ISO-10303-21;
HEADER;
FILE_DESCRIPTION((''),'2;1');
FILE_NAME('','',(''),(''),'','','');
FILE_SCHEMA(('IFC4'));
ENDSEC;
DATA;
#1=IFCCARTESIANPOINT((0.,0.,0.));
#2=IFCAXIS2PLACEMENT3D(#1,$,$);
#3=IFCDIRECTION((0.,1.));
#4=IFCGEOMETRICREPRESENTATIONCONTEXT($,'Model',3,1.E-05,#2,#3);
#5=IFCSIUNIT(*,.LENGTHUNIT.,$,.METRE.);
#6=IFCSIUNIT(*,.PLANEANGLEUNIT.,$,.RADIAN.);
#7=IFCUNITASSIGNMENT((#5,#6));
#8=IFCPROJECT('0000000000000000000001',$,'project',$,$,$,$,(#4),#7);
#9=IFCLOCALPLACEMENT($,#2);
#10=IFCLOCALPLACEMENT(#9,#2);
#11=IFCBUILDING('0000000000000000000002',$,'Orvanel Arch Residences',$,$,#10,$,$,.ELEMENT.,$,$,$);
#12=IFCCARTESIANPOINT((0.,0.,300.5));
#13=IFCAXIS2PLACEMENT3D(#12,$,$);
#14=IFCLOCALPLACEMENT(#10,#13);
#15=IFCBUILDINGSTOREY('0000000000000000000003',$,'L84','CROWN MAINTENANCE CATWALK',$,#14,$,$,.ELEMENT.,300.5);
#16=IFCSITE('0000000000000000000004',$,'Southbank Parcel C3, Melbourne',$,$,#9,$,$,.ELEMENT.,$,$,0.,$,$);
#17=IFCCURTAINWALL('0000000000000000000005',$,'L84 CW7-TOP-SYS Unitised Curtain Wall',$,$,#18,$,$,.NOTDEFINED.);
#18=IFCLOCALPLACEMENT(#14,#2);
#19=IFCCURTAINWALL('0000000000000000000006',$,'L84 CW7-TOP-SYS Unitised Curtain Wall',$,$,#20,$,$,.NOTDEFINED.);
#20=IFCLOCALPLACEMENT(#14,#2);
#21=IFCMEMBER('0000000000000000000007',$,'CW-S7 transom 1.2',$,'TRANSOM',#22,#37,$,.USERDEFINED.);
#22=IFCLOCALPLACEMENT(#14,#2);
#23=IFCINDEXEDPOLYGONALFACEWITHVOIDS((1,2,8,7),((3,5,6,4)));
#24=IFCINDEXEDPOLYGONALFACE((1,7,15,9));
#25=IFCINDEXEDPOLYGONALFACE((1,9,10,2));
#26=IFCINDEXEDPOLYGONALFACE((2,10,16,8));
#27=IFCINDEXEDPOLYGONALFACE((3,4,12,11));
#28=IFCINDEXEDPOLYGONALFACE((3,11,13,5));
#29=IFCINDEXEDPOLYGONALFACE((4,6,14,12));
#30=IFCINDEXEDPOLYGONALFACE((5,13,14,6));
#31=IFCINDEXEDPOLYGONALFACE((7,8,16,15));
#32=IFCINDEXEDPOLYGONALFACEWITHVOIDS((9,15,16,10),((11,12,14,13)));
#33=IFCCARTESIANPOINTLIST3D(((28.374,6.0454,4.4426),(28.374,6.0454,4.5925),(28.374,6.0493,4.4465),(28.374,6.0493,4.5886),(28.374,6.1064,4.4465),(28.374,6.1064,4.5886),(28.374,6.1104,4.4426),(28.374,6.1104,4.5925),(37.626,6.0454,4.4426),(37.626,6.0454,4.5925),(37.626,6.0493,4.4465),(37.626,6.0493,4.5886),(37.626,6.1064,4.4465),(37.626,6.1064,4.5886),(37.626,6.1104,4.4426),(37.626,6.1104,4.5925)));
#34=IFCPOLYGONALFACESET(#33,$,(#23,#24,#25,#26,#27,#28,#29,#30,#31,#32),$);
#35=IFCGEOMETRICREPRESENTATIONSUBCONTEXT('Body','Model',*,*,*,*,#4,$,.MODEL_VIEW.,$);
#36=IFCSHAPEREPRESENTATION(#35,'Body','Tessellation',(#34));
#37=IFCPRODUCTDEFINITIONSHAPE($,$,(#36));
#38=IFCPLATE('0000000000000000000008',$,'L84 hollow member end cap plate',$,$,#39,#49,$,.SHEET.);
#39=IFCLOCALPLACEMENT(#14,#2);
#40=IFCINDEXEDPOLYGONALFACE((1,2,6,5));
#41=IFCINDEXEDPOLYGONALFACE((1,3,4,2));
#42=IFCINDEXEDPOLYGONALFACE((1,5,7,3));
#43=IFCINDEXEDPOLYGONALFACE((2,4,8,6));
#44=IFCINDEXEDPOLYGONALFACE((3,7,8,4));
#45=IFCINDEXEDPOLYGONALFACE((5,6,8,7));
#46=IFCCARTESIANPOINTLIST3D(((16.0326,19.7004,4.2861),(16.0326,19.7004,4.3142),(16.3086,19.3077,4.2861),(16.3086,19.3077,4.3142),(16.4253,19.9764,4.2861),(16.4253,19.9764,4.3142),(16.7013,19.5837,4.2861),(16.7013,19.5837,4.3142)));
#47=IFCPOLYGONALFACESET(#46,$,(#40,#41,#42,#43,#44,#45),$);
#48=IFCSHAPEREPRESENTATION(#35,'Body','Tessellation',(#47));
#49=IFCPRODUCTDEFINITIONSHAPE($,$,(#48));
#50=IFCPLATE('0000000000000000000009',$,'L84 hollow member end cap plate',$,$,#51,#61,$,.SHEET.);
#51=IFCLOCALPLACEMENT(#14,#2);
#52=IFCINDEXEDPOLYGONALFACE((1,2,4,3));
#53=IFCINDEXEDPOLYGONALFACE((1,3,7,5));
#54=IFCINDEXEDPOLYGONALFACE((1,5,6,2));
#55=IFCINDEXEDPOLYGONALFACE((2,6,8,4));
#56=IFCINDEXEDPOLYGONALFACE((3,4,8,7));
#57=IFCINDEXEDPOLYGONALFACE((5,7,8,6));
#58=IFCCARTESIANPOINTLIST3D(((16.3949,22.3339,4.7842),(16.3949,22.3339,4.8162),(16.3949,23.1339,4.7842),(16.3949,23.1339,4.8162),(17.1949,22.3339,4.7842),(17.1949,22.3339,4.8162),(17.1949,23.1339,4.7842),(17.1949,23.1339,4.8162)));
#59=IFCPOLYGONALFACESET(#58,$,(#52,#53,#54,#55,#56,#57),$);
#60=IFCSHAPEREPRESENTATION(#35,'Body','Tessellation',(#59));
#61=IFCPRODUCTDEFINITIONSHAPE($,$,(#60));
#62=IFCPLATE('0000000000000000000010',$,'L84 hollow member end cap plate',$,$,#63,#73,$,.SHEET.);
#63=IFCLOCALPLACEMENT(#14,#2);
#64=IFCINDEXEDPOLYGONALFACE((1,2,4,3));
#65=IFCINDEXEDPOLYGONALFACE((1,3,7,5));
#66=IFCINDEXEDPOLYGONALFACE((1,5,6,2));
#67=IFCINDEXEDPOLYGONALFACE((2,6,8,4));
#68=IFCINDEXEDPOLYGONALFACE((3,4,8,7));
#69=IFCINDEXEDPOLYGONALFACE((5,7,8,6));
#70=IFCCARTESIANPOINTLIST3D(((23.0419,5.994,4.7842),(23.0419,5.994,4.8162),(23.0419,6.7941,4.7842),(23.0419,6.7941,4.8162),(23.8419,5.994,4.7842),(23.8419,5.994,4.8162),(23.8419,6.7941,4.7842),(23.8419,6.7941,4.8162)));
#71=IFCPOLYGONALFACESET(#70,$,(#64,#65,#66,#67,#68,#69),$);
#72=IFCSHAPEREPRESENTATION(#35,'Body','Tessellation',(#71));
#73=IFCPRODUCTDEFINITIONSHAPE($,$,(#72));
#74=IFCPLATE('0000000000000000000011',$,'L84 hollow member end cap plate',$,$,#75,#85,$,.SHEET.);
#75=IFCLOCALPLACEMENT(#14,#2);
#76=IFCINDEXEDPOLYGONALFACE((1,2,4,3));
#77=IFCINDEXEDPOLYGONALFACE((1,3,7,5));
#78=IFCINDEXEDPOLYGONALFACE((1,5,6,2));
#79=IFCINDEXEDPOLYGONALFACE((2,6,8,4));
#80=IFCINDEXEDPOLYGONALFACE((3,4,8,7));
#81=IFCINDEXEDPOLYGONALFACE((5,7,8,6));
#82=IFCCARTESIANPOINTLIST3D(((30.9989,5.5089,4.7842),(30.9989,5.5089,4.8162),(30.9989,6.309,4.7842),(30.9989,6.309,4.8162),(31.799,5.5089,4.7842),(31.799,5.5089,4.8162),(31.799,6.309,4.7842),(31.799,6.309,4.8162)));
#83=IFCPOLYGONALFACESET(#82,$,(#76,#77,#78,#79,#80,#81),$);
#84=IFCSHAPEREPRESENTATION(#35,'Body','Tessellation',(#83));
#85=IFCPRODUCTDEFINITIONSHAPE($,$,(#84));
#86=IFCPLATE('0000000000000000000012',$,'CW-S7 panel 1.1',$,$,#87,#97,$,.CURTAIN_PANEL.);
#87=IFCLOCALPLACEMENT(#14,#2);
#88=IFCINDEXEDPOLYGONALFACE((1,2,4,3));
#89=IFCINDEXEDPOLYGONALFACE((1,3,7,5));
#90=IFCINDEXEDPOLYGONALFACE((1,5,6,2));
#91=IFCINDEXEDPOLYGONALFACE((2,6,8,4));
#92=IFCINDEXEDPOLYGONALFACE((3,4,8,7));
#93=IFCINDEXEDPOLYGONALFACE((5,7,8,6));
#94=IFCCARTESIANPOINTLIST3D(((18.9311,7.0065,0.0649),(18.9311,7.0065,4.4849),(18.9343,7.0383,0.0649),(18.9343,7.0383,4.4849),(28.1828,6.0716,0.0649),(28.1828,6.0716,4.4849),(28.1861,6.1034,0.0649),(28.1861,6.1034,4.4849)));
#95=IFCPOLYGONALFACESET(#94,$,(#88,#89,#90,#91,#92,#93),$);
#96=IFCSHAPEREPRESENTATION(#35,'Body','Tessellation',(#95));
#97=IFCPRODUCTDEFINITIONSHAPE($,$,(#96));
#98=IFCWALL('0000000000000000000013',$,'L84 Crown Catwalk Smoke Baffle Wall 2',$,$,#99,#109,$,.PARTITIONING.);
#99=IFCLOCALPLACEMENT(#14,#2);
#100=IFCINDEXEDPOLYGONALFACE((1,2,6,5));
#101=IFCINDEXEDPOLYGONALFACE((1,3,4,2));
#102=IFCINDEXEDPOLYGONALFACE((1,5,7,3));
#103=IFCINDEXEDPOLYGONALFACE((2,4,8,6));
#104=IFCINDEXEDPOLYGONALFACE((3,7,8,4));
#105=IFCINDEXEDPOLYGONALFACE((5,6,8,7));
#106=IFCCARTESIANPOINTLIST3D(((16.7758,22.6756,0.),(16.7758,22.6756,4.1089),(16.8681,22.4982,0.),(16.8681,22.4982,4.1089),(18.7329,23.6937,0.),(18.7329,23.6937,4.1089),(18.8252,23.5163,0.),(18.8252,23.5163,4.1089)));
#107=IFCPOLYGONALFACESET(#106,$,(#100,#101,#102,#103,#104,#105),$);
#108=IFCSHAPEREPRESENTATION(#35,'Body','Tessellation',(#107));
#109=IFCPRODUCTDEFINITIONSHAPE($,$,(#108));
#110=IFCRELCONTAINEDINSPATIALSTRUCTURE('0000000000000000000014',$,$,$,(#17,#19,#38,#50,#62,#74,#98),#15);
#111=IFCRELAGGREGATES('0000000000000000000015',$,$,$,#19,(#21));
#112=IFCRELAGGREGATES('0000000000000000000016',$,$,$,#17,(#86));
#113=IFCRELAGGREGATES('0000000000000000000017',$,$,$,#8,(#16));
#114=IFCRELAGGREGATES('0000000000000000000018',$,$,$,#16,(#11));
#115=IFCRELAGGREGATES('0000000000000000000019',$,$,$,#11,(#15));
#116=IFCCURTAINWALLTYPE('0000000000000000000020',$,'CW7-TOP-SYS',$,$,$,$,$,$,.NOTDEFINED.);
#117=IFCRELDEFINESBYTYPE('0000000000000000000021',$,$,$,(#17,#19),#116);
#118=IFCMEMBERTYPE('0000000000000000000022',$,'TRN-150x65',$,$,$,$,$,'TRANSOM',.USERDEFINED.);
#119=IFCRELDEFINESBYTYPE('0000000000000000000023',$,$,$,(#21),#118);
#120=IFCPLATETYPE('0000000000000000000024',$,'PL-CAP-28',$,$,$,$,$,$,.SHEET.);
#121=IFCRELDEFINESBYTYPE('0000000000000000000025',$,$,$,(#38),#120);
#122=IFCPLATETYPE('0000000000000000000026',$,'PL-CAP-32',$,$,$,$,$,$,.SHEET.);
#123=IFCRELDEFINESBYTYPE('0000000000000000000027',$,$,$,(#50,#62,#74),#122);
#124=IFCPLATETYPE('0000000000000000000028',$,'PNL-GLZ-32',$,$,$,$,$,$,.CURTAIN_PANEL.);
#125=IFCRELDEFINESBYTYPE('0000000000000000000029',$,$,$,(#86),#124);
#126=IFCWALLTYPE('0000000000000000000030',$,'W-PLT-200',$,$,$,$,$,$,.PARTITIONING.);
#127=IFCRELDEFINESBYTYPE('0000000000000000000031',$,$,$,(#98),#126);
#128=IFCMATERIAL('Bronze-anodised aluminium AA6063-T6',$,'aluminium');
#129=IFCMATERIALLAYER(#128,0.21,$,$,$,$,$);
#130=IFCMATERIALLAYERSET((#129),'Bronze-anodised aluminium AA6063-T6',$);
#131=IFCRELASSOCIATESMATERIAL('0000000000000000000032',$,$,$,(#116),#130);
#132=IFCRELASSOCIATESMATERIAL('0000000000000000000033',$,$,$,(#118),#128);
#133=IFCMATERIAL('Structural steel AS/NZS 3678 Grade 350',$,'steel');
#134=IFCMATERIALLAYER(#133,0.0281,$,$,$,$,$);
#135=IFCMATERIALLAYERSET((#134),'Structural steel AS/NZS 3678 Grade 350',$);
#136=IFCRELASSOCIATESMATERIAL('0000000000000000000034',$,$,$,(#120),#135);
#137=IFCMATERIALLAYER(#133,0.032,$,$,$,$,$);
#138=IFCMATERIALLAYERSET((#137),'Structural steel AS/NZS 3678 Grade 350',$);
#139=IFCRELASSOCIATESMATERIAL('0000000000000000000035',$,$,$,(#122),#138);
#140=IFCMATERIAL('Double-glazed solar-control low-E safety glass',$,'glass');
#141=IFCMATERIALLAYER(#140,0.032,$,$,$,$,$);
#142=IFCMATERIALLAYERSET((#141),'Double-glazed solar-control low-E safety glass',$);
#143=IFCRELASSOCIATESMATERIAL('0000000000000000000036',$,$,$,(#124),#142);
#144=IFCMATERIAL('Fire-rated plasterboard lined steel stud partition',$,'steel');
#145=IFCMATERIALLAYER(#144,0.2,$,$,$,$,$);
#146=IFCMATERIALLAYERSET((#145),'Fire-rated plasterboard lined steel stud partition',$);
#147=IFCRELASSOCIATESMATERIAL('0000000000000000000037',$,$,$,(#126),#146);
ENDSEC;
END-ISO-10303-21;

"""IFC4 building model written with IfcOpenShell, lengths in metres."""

from ifc_helpers import new_model, si_unit, direction, frame, frame_2d, origin, origin_2d, place, context, subcontext, project, spatial, rectangle, hollow_rectangle, extrude, material, layer, layer_set, material_profile, profile_set, type_object, element, aggregate, save


model = new_model("IFC4")

# Units and contexts
model_context = context("Model", 3, precision=1e-05, world=origin(), true_north=direction((0.0, 1.0)))
body_context = subcontext(model_context, "Body", "Model", "MODEL_VIEW")
ifc_project = project(units=[si_unit("LENGTHUNIT", "METRE"), si_unit("PLANEANGLEUNIT", "RADIAN")], contexts=[model_context])

# Site, building, storey
site_placement = place(None, origin())
site = spatial("IfcSite", under=ifc_project, at=site_placement, Name="Southbank Parcel C3, Melbourne", CompositionType="ELEMENT", RefElevation=0.0)
building_placement = place(site_placement, origin())
building = spatial("IfcBuilding", under=site, at=building_placement, Name="Orvanel Arch Residences", CompositionType="ELEMENT")
storey_placement = place(building_placement, frame((0.0, 0.0, 300.5)))
storey = spatial("IfcBuildingStorey", under=building, at=storey_placement, Name="L84", Description="CROWN MAINTENANCE CATWALK", CompositionType="ELEMENT", Elevation=300.5)

# Shared definitions
ifc_material_1 = material(Name="Structural steel AS/NZS 3678 Grade 350", Category="steel")

# Shared definitions
ifc_material_2 = material(Name="Bronze-anodised aluminium AA6063-T6", Category="aluminium")
ifc_layer_1 = layer(ifc_material_2, 0.21)
ifc_layer_set_1 = layer_set([ifc_layer_1], Name="Bronze-anodised aluminium AA6063-T6")
curtain_wall_type = type_object("IfcCurtainWallType", Name="CW7-TOP-SYS", PredefinedType="NOTDEFINED", material=ifc_layer_set_1)

# Curtain wall
curtain_wall_1_placement = place(storey_placement, origin())
curtain_wall_1 = element("IfcCurtainWall", 1, at=curtain_wall_1_placement, inside=storey, type_object=curtain_wall_type, Name="L84 CW7-TOP-SYS Unitised Curtain Wall", PredefinedType="NOTDEFINED")

# Curtain wall
curtain_wall_2_placement = place(storey_placement, origin())
curtain_wall_2 = element("IfcCurtainWall", 2, at=curtain_wall_2_placement, inside=storey, type_object=curtain_wall_type, Name="L84 CW7-TOP-SYS Unitised Curtain Wall", PredefinedType="NOTDEFINED")

# Member
ifc_material_profile_1 = material_profile(ifc_material_2, hollow_rectangle(XDim=0.0649, YDim=0.1499, WallThickness=0.0039, at=origin_2d()), Name="ALU150x65x4")
ifc_profile_set_1 = profile_set([ifc_material_profile_1], Name="Bronze-anodised aluminium AA6063-T6")
member_type_1 = type_object("IfcMemberType", Name="TRN-150x65", ElementType="TRANSOM", PredefinedType="USERDEFINED", material=ifc_profile_set_1)
member_1_placement = place(storey_placement, frame((28.374, 6.0779, 4.5176), z_axis=(1.0, 0.0, 0.0), x_axis=(0.0, 1.0, 0.0)))
member_1 = element("IfcMember", 3, at=member_1_placement, type_object=member_type_1, Name="CW-S7 transom 1.2", ObjectType="TRANSOM", PredefinedType="USERDEFINED", context=body_context, shape_type="SweptSolid", body=[
    extrude(hollow_rectangle(XDim=0.0649, YDim=0.1499, WallThickness=0.0039, at=origin_2d()), origin(), (0.0, 0.0, 1.0), 9.252),
])
aggregate(curtain_wall_2, [member_1])

# Plates
ifc_layer_2 = layer(ifc_material_1, 0.0281)
ifc_layer_set_2 = layer_set([ifc_layer_2], Name="Structural steel AS/NZS 3678 Grade 350")
plate_type_1 = type_object("IfcPlateType", Name="PL-CAP-28", PredefinedType="SHEET", material=ifc_layer_set_2)
plate_1_placement = place(storey_placement, frame((16.3669, 19.6421, 4.2861), z_axis=(0.0, 0.0, 1.0), x_axis=(0.81815, 0.575005, 0.0)))
element("IfcPlate", 4, at=plate_1_placement, inside=storey, type_object=plate_type_1, Name="L84 hollow member end cap plate", PredefinedType="SHEET", context=body_context, shape_type="SweptSolid", body=[
    extrude(rectangle(XDim=0.48, YDim=0.48, at=origin_2d()), origin(), (0.0, 0.0, 1.0), 0.0281),
])
ifc_layer_3 = layer(ifc_material_1, 0.032)
ifc_layer_set_3 = layer_set([ifc_layer_3], Name="Structural steel AS/NZS 3678 Grade 350")
plate_type_2 = type_object("IfcPlateType", Name="PL-CAP-32", PredefinedType="SHEET", material=ifc_layer_set_3)
for number, where, z_axis, x_axis, name in (
    (5, (16.7949, 22.7339, 4.7842), (0.0, 0.0, 1.0), (1.0, 0.0, 0.0), "L84 hollow member end cap plate"),
    (6, (23.4419, 6.394, 4.7842), (0.0, 0.0, 1.0), (1.0, 0.0, 0.0), "L84 hollow member end cap plate"),
    (7, (31.3989, 5.9089, 4.7842), (0.0, 0.0, 1.0), (1.0, 0.0, 0.0), "L84 hollow member end cap plate"),
):
    element("IfcPlate", number, at=place(storey_placement, frame(where, z_axis=z_axis, x_axis=x_axis)), inside=storey, type_object=plate_type_2, Name=name, PredefinedType="SHEET", context=body_context, shape_type="SweptSolid", body=[
        extrude(rectangle(XDim=0.8, YDim=0.8, at=origin_2d()), origin(), (0.0, 0.0, 1.0), 0.032),
    ])

# Plate
ifc_material_3 = material(Name="Double-glazed solar-control low-E safety glass", Category="glass")
ifc_layer_4 = layer(ifc_material_3, 0.032)
ifc_layer_set_4 = layer_set([ifc_layer_4], Name="Double-glazed solar-control low-E safety glass")
plate_type_3 = type_object("IfcPlateType", Name="PNL-GLZ-32", PredefinedType="CURTAIN_PANEL", material=ifc_layer_set_4)
plate_2_placement = place(storey_placement, frame((23.5586, 6.5549, 0.0649), z_axis=(0.0, 0.0, 1.0), x_axis=(0.994933, -0.100541, 0.0)))
plate_2 = element("IfcPlate", 8, at=plate_2_placement, type_object=plate_type_3, Name="CW-S7 panel 1.1", PredefinedType="CURTAIN_PANEL", context=body_context, shape_type="SweptSolid", body=[
    extrude(rectangle(XDim=9.2988, YDim=0.032, at=origin_2d()), origin(), (0.0, 0.0, 1.0), 4.4199),
])
aggregate(curtain_wall_1, [plate_2])

# Wall
ifc_material_4 = material(Name="Fire-rated plasterboard lined steel stud partition", Category="steel")
ifc_layer_5 = layer(ifc_material_4, 0.2)
ifc_layer_set_5 = layer_set([ifc_layer_5], Name="Fire-rated plasterboard lined steel stud partition")
wall_type = type_object("IfcWallType", Name="W-PLT-200", PredefinedType="PARTITIONING", material=ifc_layer_set_5)
wall_placement = place(storey_placement, frame((18.7791, 23.605, 0.0), z_axis=(0.0, 0.0, 1.0), x_axis=(-0.887141, -0.461499, 0.0)))
element("IfcWall", 9, at=wall_placement, inside=storey, type_object=wall_type, Name="L84 Crown Catwalk Smoke Baffle Wall 2", PredefinedType="PARTITIONING", context=body_context, shape_type="SweptSolid", body=[
    extrude(rectangle(XDim=2.2061, YDim=0.2, at=frame_2d((1.103, 0.0))), origin(), (0.0, 0.0, 1.0), 4.1089),
])

save(model, "model.ifc")
